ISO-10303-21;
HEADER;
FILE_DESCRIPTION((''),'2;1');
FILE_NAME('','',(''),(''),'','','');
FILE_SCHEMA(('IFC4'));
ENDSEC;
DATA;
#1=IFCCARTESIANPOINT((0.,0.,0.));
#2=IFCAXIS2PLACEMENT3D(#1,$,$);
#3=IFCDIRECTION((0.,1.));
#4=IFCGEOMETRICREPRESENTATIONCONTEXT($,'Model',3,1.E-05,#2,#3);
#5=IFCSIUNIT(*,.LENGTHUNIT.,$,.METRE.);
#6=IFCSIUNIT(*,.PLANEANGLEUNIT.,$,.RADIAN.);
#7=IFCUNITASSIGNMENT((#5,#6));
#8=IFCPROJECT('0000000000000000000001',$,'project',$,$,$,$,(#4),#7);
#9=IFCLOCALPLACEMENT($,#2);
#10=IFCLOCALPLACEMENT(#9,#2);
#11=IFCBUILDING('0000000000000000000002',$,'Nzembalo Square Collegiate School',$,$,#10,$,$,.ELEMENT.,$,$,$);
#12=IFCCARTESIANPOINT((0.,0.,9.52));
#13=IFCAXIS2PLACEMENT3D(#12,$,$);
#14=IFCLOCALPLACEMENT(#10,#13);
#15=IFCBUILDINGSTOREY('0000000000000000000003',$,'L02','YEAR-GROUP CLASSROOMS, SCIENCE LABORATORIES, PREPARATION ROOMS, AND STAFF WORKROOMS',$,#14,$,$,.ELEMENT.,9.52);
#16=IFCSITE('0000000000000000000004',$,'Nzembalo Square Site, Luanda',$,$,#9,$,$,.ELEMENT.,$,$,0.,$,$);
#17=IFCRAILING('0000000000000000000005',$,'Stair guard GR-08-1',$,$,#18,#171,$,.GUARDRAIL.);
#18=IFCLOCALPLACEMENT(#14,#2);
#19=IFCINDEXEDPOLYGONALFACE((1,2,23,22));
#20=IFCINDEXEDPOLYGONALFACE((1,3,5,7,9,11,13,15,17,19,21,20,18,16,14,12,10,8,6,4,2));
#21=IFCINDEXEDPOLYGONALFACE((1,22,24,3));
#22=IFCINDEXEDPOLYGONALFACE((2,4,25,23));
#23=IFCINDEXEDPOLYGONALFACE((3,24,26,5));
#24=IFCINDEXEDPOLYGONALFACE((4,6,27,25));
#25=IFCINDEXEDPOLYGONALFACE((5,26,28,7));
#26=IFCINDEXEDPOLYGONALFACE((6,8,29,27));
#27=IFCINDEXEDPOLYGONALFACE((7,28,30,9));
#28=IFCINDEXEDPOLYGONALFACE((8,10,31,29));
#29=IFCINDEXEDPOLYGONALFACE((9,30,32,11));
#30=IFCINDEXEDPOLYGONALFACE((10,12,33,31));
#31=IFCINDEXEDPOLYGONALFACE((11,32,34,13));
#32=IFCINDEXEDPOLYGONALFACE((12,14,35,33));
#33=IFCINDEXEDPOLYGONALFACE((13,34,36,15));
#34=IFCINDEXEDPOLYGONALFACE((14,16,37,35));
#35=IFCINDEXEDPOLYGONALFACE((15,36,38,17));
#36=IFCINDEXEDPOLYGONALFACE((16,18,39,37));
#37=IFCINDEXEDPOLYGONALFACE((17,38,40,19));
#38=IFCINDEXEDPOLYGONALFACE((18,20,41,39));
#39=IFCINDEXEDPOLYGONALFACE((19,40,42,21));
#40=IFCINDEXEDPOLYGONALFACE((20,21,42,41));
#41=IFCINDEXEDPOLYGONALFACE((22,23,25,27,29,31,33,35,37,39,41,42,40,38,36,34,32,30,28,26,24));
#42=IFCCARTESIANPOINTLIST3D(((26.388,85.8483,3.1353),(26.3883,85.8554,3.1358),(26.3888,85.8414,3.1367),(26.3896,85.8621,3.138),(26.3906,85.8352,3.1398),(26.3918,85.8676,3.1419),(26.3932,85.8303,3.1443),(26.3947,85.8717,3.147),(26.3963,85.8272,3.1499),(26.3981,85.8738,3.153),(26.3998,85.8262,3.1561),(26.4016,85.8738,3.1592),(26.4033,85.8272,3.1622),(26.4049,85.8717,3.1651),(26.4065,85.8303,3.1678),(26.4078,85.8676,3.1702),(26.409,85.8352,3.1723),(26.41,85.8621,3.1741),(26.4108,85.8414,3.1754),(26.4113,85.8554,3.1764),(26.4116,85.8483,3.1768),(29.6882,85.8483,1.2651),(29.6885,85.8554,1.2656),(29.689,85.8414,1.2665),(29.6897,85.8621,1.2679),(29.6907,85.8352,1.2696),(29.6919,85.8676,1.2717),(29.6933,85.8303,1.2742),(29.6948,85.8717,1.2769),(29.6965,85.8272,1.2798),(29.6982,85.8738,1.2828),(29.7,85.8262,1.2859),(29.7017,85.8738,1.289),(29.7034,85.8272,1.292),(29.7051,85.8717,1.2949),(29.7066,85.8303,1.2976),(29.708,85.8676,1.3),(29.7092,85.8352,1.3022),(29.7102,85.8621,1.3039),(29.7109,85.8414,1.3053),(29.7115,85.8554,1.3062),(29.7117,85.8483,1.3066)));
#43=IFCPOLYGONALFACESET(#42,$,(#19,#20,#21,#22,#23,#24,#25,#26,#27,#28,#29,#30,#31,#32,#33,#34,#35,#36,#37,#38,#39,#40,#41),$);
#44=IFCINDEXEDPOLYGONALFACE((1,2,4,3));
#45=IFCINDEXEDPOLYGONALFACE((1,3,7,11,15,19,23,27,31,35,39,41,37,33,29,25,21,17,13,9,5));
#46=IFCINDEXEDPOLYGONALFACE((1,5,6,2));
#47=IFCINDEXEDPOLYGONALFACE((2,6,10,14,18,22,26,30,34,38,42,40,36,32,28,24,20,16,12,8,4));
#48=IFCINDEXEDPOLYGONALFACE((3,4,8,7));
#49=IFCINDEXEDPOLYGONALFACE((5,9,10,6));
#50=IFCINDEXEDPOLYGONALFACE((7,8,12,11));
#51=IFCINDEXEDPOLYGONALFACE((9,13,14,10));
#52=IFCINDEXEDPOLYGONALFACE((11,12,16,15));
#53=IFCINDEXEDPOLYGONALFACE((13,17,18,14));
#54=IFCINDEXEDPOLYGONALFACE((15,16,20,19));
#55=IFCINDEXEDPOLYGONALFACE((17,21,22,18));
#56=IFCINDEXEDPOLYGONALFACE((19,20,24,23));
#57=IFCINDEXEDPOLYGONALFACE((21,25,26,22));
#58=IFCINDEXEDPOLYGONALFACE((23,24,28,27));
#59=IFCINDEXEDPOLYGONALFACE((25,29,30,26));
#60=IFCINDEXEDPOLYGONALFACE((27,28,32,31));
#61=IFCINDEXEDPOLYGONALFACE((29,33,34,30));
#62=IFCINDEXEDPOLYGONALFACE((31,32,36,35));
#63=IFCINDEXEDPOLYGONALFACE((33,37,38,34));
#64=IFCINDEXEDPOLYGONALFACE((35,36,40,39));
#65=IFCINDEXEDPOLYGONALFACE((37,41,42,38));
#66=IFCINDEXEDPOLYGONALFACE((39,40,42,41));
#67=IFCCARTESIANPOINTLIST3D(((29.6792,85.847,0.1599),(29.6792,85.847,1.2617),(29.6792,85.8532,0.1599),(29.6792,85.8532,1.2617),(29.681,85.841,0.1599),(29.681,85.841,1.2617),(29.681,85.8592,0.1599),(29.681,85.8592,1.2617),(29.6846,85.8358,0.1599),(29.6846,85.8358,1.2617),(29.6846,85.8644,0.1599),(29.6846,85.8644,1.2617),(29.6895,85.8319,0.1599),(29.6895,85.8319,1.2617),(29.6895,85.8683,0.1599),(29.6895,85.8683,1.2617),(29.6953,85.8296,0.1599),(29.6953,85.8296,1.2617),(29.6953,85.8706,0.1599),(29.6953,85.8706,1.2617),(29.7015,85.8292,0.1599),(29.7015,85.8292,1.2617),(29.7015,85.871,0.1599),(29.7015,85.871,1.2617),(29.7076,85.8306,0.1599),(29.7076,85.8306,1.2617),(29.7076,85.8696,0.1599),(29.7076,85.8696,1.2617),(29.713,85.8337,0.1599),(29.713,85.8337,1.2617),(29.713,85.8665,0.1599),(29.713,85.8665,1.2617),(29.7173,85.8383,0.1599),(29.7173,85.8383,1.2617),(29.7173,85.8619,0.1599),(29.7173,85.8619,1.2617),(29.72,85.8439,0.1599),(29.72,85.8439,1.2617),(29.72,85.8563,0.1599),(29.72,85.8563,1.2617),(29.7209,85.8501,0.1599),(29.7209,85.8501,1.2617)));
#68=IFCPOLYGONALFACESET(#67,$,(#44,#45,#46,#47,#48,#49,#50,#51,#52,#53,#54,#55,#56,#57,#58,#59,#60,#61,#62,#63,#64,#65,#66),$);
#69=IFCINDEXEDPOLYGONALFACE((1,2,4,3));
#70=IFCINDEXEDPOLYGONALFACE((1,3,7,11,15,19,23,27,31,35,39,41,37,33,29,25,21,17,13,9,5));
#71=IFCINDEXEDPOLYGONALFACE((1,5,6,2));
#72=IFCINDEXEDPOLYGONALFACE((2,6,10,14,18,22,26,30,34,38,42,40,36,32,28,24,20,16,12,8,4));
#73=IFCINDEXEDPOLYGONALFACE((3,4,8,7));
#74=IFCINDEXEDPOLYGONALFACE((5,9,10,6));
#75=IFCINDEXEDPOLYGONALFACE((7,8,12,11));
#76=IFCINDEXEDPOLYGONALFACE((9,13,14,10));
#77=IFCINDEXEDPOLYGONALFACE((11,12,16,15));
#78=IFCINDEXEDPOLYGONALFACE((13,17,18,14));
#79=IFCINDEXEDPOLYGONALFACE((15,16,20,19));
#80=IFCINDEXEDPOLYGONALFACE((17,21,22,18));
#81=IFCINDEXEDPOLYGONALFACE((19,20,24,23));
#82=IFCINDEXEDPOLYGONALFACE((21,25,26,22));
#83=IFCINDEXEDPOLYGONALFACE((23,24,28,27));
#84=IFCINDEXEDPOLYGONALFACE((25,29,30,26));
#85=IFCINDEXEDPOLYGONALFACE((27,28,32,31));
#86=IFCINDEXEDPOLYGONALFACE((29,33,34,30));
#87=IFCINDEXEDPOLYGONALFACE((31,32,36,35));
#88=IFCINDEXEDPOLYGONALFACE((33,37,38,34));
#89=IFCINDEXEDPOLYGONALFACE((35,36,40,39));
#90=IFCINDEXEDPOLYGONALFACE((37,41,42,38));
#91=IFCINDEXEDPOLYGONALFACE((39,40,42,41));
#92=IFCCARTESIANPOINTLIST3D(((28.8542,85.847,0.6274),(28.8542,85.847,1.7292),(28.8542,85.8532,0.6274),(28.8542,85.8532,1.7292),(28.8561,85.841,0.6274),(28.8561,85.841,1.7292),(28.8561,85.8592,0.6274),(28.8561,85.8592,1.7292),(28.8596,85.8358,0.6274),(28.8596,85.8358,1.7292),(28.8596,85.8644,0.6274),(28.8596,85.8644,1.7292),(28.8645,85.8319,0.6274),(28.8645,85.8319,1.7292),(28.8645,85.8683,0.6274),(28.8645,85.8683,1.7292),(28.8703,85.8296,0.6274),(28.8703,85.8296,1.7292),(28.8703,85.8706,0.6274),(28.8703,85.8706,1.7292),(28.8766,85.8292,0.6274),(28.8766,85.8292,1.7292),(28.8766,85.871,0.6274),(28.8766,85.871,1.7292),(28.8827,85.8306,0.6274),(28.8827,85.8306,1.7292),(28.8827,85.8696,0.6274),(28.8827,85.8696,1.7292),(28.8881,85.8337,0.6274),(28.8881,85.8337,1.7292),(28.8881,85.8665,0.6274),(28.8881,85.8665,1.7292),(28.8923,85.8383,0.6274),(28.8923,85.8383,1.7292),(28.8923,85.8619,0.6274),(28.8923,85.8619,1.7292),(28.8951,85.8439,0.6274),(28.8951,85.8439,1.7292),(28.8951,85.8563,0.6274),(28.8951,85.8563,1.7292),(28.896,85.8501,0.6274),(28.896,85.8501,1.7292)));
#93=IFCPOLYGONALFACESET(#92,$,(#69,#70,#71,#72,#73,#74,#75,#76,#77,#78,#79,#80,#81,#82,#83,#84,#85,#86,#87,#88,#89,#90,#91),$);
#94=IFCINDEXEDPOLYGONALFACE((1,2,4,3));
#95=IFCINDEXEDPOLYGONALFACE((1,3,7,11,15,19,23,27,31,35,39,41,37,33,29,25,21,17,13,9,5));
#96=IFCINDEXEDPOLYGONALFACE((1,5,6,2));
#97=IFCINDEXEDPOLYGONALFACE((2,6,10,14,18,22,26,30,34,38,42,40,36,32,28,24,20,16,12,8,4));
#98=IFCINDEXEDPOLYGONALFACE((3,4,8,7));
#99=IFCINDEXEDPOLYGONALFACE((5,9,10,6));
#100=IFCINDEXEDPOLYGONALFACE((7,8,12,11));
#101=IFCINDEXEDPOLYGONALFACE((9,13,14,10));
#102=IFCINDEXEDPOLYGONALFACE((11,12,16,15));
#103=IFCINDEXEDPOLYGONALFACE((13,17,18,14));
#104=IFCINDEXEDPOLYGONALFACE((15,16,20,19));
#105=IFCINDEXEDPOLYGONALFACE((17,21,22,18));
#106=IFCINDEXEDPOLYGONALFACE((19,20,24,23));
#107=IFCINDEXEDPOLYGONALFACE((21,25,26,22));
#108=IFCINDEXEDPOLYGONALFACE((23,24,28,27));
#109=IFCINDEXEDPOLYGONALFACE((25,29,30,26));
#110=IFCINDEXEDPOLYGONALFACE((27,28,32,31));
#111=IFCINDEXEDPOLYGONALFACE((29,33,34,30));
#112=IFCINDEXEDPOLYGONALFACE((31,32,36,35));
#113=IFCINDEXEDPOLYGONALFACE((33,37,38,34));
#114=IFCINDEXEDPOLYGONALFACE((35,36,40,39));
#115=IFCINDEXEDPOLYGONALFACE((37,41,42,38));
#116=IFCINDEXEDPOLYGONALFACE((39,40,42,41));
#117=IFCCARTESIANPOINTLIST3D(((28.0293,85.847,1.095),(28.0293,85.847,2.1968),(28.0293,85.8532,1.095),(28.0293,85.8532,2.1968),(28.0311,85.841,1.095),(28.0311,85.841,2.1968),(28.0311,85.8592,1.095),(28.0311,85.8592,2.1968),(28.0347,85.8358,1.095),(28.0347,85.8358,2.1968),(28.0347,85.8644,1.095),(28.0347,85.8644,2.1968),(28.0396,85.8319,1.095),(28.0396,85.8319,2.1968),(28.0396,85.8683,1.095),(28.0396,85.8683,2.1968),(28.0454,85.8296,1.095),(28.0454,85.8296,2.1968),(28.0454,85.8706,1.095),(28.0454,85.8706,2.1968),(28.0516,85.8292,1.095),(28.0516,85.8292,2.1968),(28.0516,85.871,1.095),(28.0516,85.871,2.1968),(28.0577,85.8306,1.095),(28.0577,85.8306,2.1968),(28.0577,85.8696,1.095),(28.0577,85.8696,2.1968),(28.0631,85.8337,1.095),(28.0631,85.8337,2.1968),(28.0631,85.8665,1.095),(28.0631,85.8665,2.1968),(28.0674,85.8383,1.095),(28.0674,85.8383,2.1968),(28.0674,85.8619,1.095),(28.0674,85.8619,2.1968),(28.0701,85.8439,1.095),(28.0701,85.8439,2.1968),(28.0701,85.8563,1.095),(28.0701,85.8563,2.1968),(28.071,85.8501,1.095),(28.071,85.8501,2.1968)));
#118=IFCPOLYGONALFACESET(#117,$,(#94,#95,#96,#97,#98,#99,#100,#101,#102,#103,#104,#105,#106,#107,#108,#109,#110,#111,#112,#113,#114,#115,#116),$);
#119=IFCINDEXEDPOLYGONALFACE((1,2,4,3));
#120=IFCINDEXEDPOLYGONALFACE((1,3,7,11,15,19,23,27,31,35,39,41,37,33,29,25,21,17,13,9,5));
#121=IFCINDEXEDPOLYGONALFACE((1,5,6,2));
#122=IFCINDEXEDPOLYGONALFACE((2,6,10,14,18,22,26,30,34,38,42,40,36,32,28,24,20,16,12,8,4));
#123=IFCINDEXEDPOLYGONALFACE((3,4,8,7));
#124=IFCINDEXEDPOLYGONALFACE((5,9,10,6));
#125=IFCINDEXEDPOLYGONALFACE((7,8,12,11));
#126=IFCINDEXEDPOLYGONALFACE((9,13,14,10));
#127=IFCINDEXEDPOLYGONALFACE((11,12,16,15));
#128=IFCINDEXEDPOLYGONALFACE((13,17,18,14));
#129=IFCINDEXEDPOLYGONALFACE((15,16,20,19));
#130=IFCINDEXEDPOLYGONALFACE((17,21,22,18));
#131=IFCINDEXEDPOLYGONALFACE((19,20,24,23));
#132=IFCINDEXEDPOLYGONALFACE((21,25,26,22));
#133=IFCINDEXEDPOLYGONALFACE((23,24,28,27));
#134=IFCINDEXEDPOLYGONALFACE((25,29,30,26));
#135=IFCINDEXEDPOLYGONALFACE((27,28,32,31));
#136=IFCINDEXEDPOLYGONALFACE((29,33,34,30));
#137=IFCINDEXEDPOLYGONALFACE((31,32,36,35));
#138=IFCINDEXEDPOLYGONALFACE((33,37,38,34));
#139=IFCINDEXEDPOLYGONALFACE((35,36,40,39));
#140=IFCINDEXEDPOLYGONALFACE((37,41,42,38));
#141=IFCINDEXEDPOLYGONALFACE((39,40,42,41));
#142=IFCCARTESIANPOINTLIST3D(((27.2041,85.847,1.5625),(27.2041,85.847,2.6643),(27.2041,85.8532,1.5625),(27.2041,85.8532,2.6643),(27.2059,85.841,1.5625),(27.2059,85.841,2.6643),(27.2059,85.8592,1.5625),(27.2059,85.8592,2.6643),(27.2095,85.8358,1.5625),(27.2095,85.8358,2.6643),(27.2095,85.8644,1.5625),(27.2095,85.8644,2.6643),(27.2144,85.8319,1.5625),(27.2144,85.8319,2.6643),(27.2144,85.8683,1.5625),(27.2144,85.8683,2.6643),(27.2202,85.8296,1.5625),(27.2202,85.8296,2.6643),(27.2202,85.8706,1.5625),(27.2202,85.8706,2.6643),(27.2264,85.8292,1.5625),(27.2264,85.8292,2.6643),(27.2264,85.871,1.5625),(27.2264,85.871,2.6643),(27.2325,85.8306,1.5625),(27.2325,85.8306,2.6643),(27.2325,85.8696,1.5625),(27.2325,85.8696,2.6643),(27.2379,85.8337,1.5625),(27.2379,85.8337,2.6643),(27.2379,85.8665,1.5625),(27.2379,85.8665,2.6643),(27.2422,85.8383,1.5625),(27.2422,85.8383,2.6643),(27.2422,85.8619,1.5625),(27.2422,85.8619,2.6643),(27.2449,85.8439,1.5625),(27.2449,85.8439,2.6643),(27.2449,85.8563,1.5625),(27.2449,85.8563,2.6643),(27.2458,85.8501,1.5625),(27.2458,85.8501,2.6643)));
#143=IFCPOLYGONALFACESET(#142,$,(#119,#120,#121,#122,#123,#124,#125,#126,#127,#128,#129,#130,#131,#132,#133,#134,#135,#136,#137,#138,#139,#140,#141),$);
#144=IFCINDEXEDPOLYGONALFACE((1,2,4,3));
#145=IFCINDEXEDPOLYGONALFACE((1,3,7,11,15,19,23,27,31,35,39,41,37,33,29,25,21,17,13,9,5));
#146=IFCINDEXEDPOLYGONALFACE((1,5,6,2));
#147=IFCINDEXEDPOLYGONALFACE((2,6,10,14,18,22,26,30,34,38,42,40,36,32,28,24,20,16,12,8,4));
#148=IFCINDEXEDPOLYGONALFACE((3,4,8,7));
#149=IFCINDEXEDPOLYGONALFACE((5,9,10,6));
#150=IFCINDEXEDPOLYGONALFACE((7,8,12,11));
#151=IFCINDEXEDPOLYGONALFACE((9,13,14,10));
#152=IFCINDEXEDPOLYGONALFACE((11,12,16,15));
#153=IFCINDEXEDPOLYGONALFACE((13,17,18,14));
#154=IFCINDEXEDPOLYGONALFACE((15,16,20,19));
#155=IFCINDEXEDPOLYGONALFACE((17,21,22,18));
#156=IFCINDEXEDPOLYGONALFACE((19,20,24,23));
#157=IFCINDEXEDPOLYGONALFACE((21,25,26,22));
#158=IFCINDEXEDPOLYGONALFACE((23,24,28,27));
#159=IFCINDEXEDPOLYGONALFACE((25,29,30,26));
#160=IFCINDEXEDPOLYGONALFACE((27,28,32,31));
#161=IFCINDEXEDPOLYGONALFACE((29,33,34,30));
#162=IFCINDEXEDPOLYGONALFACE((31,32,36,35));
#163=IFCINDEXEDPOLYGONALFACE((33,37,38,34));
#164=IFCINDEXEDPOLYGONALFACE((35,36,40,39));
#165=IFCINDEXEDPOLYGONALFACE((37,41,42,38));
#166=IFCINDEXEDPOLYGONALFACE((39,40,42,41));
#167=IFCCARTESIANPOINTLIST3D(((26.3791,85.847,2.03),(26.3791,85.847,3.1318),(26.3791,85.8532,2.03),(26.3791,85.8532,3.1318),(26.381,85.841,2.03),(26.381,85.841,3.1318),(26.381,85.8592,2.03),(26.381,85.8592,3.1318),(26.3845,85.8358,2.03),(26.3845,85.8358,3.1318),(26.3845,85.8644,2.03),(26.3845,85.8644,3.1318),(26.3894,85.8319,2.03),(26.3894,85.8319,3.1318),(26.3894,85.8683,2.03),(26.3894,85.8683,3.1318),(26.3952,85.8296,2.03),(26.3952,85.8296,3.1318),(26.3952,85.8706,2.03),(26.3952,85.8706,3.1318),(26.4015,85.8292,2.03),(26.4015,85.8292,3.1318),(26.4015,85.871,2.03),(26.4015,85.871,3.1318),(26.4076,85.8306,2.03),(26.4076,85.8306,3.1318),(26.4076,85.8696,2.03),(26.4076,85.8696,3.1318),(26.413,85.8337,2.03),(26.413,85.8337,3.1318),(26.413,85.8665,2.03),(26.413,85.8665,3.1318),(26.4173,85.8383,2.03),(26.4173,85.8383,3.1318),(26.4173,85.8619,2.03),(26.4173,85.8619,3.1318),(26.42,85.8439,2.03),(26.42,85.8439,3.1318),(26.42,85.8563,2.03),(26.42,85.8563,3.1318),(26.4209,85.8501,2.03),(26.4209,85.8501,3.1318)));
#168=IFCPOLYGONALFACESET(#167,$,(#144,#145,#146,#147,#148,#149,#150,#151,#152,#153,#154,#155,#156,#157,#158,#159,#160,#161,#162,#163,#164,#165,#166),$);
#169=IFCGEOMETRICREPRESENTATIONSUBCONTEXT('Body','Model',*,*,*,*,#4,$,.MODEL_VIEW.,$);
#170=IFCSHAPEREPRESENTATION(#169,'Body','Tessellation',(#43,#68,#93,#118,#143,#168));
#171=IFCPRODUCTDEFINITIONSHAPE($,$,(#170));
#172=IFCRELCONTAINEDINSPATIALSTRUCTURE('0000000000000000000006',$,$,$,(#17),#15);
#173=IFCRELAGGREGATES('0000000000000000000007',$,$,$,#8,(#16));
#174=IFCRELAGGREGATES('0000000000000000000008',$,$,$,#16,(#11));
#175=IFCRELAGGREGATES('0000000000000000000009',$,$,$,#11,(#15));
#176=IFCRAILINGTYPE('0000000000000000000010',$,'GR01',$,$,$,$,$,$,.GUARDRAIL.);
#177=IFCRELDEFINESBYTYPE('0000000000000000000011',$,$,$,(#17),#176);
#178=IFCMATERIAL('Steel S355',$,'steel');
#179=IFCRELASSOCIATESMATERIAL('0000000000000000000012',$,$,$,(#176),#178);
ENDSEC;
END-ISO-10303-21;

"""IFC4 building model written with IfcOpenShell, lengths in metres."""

from ifc_helpers import new_model, si_unit, direction, frame, origin, origin_2d, place, context, subcontext, project, spatial, circle, extrude, material, type_object, element, save


model = new_model("IFC4")

# Units and contexts
model_context = context("Model", 3, precision=1e-05, world=origin(), true_north=direction((0.0, 1.0)))
body_context = subcontext(model_context, "Body", "Model", "MODEL_VIEW")
ifc_project = project(units=[si_unit("LENGTHUNIT", "METRE"), si_unit("PLANEANGLEUNIT", "RADIAN")], contexts=[model_context])

# Site, building, storey
site_placement = place(None, origin())
site = spatial("IfcSite", under=ifc_project, at=site_placement, Name="Nzembalo Square Site, Luanda", CompositionType="ELEMENT", RefElevation=0.0)
building_placement = place(site_placement, origin())
building = spatial("IfcBuilding", under=site, at=building_placement, Name="Nzembalo Square Collegiate School", CompositionType="ELEMENT")
storey_placement = place(building_placement, frame((0.0, 0.0, 9.52)))
storey = spatial("IfcBuildingStorey", under=building, at=storey_placement, Name="L02", Description="YEAR-GROUP CLASSROOMS, SCIENCE LABORATORIES, PREPARATION ROOMS, AND STAFF WORKROOMS", CompositionType="ELEMENT", Elevation=9.52)

# Railing
ifc_material_1 = material(Name="Steel S355", Category="steel")
railing_type_1 = type_object("IfcRailingType", Name="GR01", PredefinedType="GUARDRAIL", material=ifc_material_1)
railing_1_placement = place(storey_placement, frame((29.7, 85.8501, 0.1599)))
element("IfcRailing", 1, at=railing_1_placement, inside=storey, type_object=railing_type_1, Name="Stair guard GR-08-1", PredefinedType="GUARDRAIL", context=body_context, shape_type="SweptSolid", body=[
    extrude(circle(Radius=0.0239, at=origin_2d()), frame((0.0, 0.0, 1.126), z_axis=(-0.870012, 0.0, 0.49303), x_axis=(0.0, -1.0, 0.0)), (0.0, 0.0, 1.0), 3.7932),
    extrude(circle(Radius=0.021, at=origin_2d()), origin(), (0.0, 0.0, 1.0), 1.1018),
    extrude(circle(Radius=0.021, at=origin_2d()), frame((-0.825, 0.0, 0.4675)), (0.0, 0.0, 1.0), 1.1018),
    extrude(circle(Radius=0.021, at=origin_2d()), frame((-1.6499, 0.0, 0.9351)), (0.0, 0.0, 1.0), 1.1018),
    extrude(circle(Radius=0.021, at=origin_2d()), frame((-2.4751, 0.0, 1.4026)), (0.0, 0.0, 1.0), 1.1018),
    extrude(circle(Radius=0.021, at=origin_2d()), frame((-3.3, 0.0, 1.8701)), (0.0, 0.0, 1.0), 1.1018),
])

save(model, "model.ifc")
